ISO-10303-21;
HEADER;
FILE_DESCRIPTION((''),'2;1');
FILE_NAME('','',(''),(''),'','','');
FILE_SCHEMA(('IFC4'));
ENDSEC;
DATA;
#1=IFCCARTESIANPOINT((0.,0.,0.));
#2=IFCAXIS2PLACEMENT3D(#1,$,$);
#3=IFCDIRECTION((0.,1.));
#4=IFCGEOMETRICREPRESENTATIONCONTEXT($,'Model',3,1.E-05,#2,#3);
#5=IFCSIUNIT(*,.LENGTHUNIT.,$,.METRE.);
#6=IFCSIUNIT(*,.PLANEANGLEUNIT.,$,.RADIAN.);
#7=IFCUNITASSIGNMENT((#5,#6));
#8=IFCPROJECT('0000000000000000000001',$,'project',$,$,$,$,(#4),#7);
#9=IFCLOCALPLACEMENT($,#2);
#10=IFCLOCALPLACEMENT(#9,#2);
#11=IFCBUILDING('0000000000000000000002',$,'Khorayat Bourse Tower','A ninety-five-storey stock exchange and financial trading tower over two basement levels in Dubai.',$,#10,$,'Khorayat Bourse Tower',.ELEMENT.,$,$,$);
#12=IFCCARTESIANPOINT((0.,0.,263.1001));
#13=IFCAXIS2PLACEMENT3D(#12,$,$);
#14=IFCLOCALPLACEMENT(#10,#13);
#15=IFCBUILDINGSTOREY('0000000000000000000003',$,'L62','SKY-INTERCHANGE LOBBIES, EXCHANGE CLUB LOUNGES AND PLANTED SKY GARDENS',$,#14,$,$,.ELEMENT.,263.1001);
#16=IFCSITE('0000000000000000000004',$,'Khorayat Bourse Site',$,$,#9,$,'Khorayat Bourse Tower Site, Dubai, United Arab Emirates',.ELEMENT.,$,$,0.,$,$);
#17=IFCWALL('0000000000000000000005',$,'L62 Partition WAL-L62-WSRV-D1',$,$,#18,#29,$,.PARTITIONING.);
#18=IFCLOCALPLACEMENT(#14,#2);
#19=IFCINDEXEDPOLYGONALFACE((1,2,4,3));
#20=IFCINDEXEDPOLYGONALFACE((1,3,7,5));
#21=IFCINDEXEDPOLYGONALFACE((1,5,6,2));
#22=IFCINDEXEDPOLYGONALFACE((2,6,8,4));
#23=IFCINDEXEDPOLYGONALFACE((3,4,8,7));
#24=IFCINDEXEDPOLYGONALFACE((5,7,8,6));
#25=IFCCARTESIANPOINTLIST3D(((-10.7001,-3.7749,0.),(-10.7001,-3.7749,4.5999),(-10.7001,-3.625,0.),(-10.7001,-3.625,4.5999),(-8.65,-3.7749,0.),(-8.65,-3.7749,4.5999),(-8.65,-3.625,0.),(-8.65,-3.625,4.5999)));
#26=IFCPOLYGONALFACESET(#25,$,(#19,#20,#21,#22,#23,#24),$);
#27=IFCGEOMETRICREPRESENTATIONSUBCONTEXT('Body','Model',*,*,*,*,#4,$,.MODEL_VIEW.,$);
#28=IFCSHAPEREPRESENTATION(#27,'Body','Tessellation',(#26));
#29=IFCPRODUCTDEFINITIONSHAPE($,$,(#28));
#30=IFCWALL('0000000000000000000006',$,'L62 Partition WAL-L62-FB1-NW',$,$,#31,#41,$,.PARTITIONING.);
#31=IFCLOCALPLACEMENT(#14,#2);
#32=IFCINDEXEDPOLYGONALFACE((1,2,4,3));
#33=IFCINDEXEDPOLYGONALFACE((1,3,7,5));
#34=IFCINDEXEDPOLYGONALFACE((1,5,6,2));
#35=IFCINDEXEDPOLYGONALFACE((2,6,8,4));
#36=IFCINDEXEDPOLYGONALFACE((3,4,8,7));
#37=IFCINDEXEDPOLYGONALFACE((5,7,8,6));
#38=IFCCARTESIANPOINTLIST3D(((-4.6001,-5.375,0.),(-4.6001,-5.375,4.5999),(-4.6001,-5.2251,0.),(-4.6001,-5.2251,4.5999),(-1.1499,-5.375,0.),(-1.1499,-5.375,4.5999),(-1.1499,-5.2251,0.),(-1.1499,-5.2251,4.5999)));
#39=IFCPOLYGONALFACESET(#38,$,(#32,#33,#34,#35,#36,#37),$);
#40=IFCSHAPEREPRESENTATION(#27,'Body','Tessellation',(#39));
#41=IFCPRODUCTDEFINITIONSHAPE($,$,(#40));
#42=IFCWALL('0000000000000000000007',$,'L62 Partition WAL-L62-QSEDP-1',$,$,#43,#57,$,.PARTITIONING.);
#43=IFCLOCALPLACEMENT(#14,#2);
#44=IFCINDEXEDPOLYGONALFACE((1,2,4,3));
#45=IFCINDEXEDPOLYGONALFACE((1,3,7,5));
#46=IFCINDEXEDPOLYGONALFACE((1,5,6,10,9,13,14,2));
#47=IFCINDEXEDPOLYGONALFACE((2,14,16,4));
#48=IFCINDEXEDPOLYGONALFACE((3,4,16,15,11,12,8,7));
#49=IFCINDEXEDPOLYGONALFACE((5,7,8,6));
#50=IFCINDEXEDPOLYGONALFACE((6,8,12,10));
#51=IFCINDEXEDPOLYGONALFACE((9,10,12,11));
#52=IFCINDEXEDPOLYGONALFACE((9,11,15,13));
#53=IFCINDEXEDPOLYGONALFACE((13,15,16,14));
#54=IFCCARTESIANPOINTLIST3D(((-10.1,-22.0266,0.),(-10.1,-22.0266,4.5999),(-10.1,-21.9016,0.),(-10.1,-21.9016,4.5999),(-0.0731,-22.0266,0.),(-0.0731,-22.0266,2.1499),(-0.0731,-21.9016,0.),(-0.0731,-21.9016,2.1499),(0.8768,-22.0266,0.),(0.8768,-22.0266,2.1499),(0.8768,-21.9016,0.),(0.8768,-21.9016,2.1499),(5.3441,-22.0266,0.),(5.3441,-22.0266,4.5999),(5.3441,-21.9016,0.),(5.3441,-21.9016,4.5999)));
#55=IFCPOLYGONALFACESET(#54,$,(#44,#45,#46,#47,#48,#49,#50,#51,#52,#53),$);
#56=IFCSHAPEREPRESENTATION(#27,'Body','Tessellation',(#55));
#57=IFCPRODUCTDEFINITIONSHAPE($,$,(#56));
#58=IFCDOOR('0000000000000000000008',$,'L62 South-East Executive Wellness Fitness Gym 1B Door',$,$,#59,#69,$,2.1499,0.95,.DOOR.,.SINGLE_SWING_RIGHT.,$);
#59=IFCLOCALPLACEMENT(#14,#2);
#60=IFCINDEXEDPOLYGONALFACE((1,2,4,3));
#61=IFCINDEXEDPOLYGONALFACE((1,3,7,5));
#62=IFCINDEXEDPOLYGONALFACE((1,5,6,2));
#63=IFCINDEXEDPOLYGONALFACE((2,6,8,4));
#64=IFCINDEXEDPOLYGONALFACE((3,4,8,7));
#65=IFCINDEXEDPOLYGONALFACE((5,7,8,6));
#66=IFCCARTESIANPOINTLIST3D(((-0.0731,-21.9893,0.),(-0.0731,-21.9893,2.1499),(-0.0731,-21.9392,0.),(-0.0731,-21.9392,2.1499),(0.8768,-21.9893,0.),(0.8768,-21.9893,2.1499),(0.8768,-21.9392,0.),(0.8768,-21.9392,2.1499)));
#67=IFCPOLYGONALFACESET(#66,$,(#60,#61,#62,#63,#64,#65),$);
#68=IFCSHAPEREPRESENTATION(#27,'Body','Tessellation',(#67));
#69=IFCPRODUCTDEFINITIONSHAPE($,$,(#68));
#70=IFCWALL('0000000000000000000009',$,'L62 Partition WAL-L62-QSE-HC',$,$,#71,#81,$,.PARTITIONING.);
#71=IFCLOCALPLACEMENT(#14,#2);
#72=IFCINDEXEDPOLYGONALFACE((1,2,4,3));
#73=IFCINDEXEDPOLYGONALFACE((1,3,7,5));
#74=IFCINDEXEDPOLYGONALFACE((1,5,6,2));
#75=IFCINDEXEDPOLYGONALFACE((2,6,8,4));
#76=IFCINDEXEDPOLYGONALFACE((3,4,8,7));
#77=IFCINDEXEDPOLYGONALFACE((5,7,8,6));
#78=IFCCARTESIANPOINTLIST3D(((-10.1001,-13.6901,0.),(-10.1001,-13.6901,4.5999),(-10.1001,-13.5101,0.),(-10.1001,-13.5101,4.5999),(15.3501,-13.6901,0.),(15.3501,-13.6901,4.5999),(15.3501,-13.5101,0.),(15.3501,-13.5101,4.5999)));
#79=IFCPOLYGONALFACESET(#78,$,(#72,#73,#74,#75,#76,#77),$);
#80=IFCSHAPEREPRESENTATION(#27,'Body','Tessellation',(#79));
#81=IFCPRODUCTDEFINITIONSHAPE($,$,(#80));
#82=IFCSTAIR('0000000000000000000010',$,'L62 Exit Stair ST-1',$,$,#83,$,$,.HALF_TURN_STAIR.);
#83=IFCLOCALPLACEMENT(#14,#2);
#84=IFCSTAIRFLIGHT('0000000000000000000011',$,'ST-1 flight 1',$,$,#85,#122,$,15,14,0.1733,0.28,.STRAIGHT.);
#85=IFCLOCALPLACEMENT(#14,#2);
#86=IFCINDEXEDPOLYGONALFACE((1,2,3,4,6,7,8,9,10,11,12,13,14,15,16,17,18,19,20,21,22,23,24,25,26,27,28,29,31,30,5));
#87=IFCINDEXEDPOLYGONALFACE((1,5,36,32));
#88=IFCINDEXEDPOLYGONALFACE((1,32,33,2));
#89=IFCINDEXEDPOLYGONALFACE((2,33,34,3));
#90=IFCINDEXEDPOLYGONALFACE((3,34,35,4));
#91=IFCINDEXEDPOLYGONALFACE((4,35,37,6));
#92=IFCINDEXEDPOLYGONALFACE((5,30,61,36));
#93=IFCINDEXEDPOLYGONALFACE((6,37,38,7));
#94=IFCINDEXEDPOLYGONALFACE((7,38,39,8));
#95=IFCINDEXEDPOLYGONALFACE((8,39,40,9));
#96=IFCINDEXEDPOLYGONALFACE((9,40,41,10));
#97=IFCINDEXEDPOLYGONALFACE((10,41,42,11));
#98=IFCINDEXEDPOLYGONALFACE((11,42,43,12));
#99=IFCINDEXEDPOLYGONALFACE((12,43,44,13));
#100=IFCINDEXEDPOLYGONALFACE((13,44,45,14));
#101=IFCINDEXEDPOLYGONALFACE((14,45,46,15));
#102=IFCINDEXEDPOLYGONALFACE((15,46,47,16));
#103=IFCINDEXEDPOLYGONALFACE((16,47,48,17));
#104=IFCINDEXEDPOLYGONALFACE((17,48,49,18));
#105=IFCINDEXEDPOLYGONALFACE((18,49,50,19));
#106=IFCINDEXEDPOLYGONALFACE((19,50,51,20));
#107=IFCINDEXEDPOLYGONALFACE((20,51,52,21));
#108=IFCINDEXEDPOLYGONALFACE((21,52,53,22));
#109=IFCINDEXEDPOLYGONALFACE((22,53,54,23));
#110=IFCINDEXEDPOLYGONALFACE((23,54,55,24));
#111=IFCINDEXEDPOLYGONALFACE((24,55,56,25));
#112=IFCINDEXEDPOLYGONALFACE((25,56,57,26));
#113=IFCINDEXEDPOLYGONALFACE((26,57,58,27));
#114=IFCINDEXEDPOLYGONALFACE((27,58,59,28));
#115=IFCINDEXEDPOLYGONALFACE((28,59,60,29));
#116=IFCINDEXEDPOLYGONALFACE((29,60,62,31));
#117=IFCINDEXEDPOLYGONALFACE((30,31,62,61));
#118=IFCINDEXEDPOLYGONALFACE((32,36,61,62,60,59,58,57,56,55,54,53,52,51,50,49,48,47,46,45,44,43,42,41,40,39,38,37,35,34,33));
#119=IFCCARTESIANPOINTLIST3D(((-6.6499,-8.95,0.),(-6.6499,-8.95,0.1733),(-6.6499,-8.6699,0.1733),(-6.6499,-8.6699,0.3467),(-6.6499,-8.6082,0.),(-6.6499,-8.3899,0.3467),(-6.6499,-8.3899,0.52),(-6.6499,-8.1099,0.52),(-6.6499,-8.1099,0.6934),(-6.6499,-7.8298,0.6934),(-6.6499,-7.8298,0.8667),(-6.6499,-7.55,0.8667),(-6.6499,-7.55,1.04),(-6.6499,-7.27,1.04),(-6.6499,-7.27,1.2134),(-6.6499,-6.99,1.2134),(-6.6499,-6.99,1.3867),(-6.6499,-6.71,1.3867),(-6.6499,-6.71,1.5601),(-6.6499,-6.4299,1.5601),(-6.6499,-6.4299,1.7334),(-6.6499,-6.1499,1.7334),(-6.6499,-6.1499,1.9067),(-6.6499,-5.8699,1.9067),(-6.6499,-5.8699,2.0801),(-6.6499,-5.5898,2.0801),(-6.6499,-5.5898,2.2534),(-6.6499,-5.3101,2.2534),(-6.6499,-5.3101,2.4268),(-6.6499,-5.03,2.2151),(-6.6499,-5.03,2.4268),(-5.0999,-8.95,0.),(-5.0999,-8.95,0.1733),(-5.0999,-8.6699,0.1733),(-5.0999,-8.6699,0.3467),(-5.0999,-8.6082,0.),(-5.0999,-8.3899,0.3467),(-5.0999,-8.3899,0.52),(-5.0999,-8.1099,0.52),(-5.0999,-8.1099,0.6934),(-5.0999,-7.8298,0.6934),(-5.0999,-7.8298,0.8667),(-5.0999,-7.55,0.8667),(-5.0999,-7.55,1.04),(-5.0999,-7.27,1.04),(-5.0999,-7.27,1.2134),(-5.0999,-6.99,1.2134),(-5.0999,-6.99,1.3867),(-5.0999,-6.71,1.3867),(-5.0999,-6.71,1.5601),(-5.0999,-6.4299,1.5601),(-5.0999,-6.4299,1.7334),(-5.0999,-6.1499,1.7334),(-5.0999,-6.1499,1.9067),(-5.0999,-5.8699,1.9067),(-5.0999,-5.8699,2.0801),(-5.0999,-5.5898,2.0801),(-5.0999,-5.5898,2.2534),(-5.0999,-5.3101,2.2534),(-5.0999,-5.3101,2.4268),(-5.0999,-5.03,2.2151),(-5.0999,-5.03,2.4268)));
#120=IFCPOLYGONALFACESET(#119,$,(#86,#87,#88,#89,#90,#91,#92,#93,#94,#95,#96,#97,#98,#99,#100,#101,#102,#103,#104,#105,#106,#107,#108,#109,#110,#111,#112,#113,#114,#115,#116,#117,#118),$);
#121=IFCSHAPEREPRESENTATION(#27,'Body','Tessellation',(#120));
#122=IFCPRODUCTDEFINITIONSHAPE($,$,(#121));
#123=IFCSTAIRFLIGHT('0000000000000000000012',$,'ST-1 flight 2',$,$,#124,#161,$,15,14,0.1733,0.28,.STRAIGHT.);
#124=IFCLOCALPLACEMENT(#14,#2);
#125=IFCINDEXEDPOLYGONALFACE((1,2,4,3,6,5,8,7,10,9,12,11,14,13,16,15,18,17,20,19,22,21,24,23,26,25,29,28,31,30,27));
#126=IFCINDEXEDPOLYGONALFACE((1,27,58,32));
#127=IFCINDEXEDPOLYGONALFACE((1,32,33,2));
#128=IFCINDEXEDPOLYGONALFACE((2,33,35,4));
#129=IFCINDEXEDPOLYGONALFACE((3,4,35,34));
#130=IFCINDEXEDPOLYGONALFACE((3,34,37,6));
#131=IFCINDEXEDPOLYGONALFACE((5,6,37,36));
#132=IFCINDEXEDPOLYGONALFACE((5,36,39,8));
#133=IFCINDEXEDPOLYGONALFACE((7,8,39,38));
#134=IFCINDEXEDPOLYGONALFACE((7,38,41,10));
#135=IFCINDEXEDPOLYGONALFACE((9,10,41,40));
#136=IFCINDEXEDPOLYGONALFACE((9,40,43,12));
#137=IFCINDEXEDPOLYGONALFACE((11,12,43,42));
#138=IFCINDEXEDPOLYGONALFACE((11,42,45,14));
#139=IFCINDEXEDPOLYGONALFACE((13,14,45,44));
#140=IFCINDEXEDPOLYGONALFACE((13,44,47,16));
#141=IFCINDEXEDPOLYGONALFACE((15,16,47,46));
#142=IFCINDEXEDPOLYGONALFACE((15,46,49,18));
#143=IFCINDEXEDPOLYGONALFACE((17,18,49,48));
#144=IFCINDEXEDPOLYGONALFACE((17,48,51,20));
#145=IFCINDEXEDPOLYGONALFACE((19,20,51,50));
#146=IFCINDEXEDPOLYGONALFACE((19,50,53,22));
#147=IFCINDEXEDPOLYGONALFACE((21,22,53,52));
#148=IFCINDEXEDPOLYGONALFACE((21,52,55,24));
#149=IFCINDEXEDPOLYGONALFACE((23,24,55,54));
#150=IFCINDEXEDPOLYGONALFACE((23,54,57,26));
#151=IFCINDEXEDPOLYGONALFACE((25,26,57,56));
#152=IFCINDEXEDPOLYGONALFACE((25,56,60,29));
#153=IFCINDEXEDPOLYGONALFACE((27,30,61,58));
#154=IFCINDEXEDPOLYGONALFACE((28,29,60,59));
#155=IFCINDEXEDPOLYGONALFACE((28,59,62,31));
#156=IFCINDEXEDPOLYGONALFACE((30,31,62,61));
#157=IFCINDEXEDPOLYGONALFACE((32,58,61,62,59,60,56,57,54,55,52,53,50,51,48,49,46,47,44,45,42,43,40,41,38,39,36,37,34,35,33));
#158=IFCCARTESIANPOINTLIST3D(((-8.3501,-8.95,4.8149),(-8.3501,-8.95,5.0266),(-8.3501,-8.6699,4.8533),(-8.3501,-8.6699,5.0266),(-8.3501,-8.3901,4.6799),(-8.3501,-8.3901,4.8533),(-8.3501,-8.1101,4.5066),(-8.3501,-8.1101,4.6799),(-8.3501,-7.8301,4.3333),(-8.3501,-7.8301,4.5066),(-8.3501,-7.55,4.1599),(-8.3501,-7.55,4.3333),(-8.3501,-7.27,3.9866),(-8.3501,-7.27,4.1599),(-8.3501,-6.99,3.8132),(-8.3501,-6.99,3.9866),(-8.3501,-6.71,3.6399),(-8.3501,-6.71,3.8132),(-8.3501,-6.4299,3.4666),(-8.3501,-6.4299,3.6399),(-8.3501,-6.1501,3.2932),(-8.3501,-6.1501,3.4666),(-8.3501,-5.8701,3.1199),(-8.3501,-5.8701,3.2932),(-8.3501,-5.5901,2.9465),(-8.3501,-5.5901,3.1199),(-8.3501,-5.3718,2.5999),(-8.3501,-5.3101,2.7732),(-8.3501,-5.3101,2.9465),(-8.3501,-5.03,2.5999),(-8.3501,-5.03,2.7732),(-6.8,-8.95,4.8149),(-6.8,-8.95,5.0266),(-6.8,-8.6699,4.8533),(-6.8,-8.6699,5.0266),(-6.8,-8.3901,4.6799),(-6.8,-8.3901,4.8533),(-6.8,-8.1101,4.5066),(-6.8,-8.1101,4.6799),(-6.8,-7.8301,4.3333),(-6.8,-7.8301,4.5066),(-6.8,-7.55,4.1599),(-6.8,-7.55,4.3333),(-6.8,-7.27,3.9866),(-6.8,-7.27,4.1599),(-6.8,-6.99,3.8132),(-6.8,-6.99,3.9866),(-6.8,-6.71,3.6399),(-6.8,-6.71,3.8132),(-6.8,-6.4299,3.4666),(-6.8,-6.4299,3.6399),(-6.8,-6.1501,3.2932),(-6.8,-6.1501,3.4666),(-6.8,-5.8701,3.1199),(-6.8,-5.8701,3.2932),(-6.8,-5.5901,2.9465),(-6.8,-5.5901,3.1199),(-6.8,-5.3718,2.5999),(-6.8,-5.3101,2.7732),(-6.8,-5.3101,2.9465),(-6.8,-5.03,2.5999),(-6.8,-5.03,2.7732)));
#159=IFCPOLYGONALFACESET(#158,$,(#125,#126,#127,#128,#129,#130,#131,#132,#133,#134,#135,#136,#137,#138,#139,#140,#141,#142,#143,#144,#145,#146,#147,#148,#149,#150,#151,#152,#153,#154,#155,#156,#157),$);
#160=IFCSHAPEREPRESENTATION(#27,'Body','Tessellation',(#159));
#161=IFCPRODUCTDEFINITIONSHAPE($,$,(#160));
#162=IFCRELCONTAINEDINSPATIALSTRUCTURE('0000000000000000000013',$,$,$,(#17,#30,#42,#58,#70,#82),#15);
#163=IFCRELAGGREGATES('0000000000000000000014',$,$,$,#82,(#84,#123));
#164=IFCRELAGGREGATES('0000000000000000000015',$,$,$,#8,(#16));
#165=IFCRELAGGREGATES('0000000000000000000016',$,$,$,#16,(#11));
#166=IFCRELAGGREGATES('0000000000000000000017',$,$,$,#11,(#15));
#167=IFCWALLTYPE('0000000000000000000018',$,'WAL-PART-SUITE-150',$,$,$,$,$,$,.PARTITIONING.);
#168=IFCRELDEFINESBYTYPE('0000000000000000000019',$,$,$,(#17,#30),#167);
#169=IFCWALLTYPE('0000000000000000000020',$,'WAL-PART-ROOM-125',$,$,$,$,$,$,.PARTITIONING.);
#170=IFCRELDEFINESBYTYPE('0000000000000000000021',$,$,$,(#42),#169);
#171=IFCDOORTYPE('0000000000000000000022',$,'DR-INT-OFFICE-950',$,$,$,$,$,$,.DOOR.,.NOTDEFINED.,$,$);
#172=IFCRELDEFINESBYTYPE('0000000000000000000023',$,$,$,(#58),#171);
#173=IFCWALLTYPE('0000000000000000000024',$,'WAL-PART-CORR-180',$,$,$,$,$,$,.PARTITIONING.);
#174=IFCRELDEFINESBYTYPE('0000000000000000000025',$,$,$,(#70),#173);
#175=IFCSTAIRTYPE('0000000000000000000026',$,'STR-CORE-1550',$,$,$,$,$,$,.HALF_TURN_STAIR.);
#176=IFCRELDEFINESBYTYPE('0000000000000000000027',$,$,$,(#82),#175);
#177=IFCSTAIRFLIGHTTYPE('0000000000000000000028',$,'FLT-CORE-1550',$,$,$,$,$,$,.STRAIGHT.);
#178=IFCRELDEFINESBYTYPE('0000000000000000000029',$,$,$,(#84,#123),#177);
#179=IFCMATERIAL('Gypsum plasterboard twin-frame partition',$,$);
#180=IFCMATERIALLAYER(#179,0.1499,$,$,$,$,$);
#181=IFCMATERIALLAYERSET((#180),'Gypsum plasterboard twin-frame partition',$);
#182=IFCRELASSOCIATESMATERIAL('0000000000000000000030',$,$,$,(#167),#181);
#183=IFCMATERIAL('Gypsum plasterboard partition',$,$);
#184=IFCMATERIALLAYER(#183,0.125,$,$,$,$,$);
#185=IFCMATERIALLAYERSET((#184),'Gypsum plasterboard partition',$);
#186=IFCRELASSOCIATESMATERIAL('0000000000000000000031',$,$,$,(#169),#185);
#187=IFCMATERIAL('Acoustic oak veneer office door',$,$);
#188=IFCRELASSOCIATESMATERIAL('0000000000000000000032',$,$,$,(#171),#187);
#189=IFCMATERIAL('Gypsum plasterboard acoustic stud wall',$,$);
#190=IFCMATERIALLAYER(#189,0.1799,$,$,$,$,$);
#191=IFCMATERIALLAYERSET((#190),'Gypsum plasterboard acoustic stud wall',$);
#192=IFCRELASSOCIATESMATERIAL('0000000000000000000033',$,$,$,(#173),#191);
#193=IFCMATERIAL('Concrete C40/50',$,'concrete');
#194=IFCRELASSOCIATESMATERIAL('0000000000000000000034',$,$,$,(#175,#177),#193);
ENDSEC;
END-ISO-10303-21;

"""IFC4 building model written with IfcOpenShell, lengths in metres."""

from ifc_helpers import new_model, si_unit, direction, frame, frame_2d, origin, place, context, subcontext, project, spatial, polyline, rectangle, outline, extrude, source, transform, mapped, material, layer, layer_set, type_object, element, fill, aggregate, save


model = new_model("IFC4")

# Units and contexts
model_context = context("Model", 3, precision=1e-05, world=origin(), true_north=direction((0.0, 1.0)))
body_context = subcontext(model_context, "Body", "Model", "MODEL_VIEW")
ifc_project = project(units=[si_unit("LENGTHUNIT", "METRE"), si_unit("PLANEANGLEUNIT", "RADIAN")], contexts=[model_context])

# Site, building, storey
site_placement = place(None, origin())
site = spatial("IfcSite", under=ifc_project, at=site_placement, Name="Khorayat Bourse Site", LongName="Khorayat Bourse Tower Site, Dubai, United Arab Emirates", CompositionType="ELEMENT", RefElevation=0.0)
building_placement = place(site_placement, origin())
building = spatial("IfcBuilding", under=site, at=building_placement, Name="Khorayat Bourse Tower", Description="A ninety-five-storey stock exchange and financial trading tower over two basement levels in Dubai.", LongName="Khorayat Bourse Tower", CompositionType="ELEMENT")
storey_placement = place(building_placement, frame((0.0, 0.0, 263.1001)))
storey = spatial("IfcBuildingStorey", under=building, at=storey_placement, Name="L62", Description="SKY-INTERCHANGE LOBBIES, EXCHANGE CLUB LOUNGES AND PLANTED SKY GARDENS", CompositionType="ELEMENT", Elevation=263.1001)

# Walls
ifc_material_1 = material(Name="Gypsum plasterboard twin-frame partition")
ifc_layer_1 = layer(ifc_material_1, 0.1499)
ifc_layer_set_1 = layer_set([ifc_layer_1], Name="Gypsum plasterboard twin-frame partition")
wall_type_1 = type_object("IfcWallType", Name="WAL-PART-SUITE-150", PredefinedType="PARTITIONING", material=ifc_layer_set_1)
shared_shape_1 = source(origin(), body_context, "Body", "SweptSolid", [
    extrude(rectangle(XDim=2.05, YDim=0.1499, at=frame_2d((1.0249, 0.0))), origin(), (0.0, 0.0, 1.0), 4.5999),
])
wall_1_placement = place(storey_placement, frame((-10.7, -3.7, 0.0), z_axis=(0.0, 0.0, 1.0), x_axis=(1.0, 0.0, 0.0)))
element("IfcWall", 1, at=wall_1_placement, inside=storey, type_object=wall_type_1, Name="L62 Partition WAL-L62-WSRV-D1", PredefinedType="PARTITIONING", context=body_context, shape_type="MappedRepresentation", body=[
    mapped(shared_shape_1, transform((0.0, 0.0, 0.0), scale=1.0)),
])
shared_shape_2 = source(origin(), body_context, "Body", "SweptSolid", [
    extrude(rectangle(XDim=3.4502, YDim=0.1499, at=frame_2d((1.7251, 0.0))), origin(), (0.0, 0.0, 1.0), 4.5999),
])
wall_2_placement = place(storey_placement, frame((-4.6001, -5.3, 0.0), z_axis=(0.0, 0.0, 1.0), x_axis=(1.0, 0.0, 0.0)))
element("IfcWall", 2, at=wall_2_placement, inside=storey, type_object=wall_type_1, Name="L62 Partition WAL-L62-FB1-NW", PredefinedType="PARTITIONING", context=body_context, shape_type="MappedRepresentation", body=[
    mapped(shared_shape_2, transform((0.0, 0.0, 0.0), scale=1.0)),
])

# Wall, opening, door
ifc_material_2 = material(Name="Gypsum plasterboard partition")
ifc_layer_2 = layer(ifc_material_2, 0.125)
ifc_layer_set_2 = layer_set([ifc_layer_2], Name="Gypsum plasterboard partition")
wall_type_2 = type_object("IfcWallType", Name="WAL-PART-ROOM-125", PredefinedType="PARTITIONING", material=ifc_layer_set_2)
shared_shape_3 = source(origin(), body_context, "Body", "SweptSolid", [
    extrude(rectangle(XDim=15.4441, YDim=0.125, at=frame_2d((7.7222, 0.0))), origin(), (0.0, 0.0, 1.0), 4.5999),
])
wall_3_placement = place(storey_placement, frame((-10.1001, -21.9641, 0.0), z_axis=(0.0, 0.0, 1.0), x_axis=(1.0, 0.0, 0.0)))
wall_3 = element("IfcWall", 3, at=wall_3_placement, inside=storey, type_object=wall_type_2, Name="L62 Partition WAL-L62-QSEDP-1", PredefinedType="PARTITIONING", context=body_context, shape_type="MappedRepresentation", body=[
    mapped(shared_shape_3, transform((0.0, 0.0, 0.0), scale=1.0)),
])
shared_shape_4 = source(origin(), body_context, "Body", "SweptSolid", [
    extrude(rectangle(XDim=0.95, YDim=2.1499, at=frame_2d((0.4751, 1.075))), frame((0.0, 0.0725, 0.0), z_axis=(0.0, -1.0, 0.0), x_axis=(1.0, 0.0, 0.0)), (0.0, 0.0, 1.0), 0.145),
])
opening_1_placement = place(wall_3_placement, frame((10.0269, 0.0, 0.0)))
opening_1 = element("IfcOpeningElement", 4, at=opening_1_placement, cuts=wall_3, PredefinedType="OPENING", context=body_context, shape_type="MappedRepresentation", body=[
    mapped(shared_shape_4, transform((0.0, 0.0, 0.0), scale=1.0)),
])
ifc_material_3 = material(Name="Acoustic oak veneer office door")
door_type_1 = type_object("IfcDoorType", Name="DR-INT-OFFICE-950", OperationType="NOTDEFINED", PredefinedType="DOOR", material=ifc_material_3)
shared_shape_5 = source(origin(), body_context, "Body", "SweptSolid", [
    extrude(rectangle(XDim=0.95, YDim=2.1499, at=frame_2d((0.4751, 1.075))), frame((0.0, 0.0249, 0.0), z_axis=(0.0, -1.0, 0.0), x_axis=(1.0, 0.0, 0.0)), (0.0, 0.0, 1.0), 0.05),
])
door_1_placement = place(opening_1_placement, origin())
door_1 = element("IfcDoor", 5, at=door_1_placement, inside=storey, type_object=door_type_1, Name="L62 South-East Executive Wellness Fitness Gym 1B Door", OperationType="SINGLE_SWING_RIGHT", OverallHeight=2.1499, OverallWidth=0.95, PredefinedType="DOOR", context=body_context, shape_type="MappedRepresentation", body=[
    mapped(shared_shape_5, transform((0.0, 0.0, 0.0), scale=1.0)),
])
fill(opening_1, door_1)

# Wall
ifc_material_4 = material(Name="Gypsum plasterboard acoustic stud wall")
ifc_layer_3 = layer(ifc_material_4, 0.1799)
ifc_layer_set_3 = layer_set([ifc_layer_3], Name="Gypsum plasterboard acoustic stud wall")
wall_type_3 = type_object("IfcWallType", Name="WAL-PART-CORR-180", PredefinedType="PARTITIONING", material=ifc_layer_set_3)
shared_shape_6 = source(origin(), body_context, "Body", "SweptSolid", [
    extrude(rectangle(XDim=25.4502, YDim=0.1799, at=frame_2d((12.7251, 0.0))), origin(), (0.0, 0.0, 1.0), 4.5999),
])
wall_4_placement = place(storey_placement, frame((-10.1001, -13.6001, 0.0), z_axis=(0.0, 0.0, 1.0), x_axis=(1.0, 0.0, 0.0)))
element("IfcWall", 6, at=wall_4_placement, inside=storey, type_object=wall_type_3, Name="L62 Partition WAL-L62-QSE-HC", PredefinedType="PARTITIONING", context=body_context, shape_type="MappedRepresentation", body=[
    mapped(shared_shape_6, transform((0.0, 0.0, 0.0), scale=1.0)),
])

# Stair, stair flights
ifc_material_5 = material(Name="Concrete C40/50", Category="concrete")
stair_type = type_object("IfcStairType", Name="STR-CORE-1550", PredefinedType="HALF_TURN_STAIR", material=ifc_material_5)
stair_placement = place(storey_placement, origin())
stair = element("IfcStair", 7, at=stair_placement, inside=storey, type_object=stair_type, Name="L62 Exit Stair ST-1", PredefinedType="HALF_TURN_STAIR")
stair_flight_type = type_object("IfcStairFlightType", Name="FLT-CORE-1550", PredefinedType="STRAIGHT", material=ifc_material_5)
shared_shape_7 = source(origin(), body_context, "Body", "SweptSolid", [
    extrude(outline(polyline([(0.0, 0.0), (0.0, 0.1733), (0.28, 0.1733), (0.28, 0.3467), (0.5601, 0.3467), (0.5601, 0.52), (0.8401, 0.52), (0.8401, 0.6934), (1.1201, 0.6934), (1.1201, 0.8667), (1.3999, 0.8667), (1.3999, 1.04), (1.6799, 1.04), (1.6799, 1.2134), (1.96, 1.2134), (1.96, 1.3867), (2.24, 1.3867), (2.24, 1.5601), (2.52, 1.5601), (2.52, 1.7334), (2.8, 1.7334), (2.8, 1.9067), (3.0801, 1.9067), (3.0801, 2.0801), (3.3601, 2.0801), (3.3601, 2.2534), (3.6399, 2.2534), (3.6399, 2.4268), (3.9199, 2.4268), (3.9199, 2.6001), (3.9199, 2.2151), (0.3418, 0.0), (0.0, 0.0)])), frame((0.0, 0.7749, 0.0), z_axis=(0.0, -1.0, 0.0), x_axis=(1.0, 0.0, 0.0)), (0.0, 0.0, 1.0), 1.55),
])
stair_flight_1_placement = place(storey_placement, frame((-5.875, -8.95, 0.0), z_axis=(0.0, 0.0, 1.0), x_axis=(0.0, 1.0, 0.0)))
stair_flight_1 = element("IfcStairFlight", 8, at=stair_flight_1_placement, type_object=stair_flight_type, Name="ST-1 flight 1", NumberOfRisers=15, NumberOfTreads=14, PredefinedType="STRAIGHT", RiserHeight=0.1733, TreadLength=0.28, context=body_context, shape_type="MappedRepresentation", body=[
    mapped(shared_shape_7, transform((0.0, 0.0, 0.0), scale=1.0)),
])
stair_flight_2_placement = place(storey_placement, frame((-7.575, -5.03, 2.5999), z_axis=(0.0, 0.0, 1.0), x_axis=(0.0, -1.0, 0.0)))
stair_flight_2 = element("IfcStairFlight", 9, at=stair_flight_2_placement, type_object=stair_flight_type, Name="ST-1 flight 2", NumberOfRisers=15, NumberOfTreads=14, PredefinedType="STRAIGHT", RiserHeight=0.1733, TreadLength=0.28, context=body_context, shape_type="MappedRepresentation", body=[
    mapped(shared_shape_7, transform((0.0, 0.0, 0.0), scale=1.0)),
])
aggregate(stair, [stair_flight_1, stair_flight_2])

save(model, "model.ifc")
